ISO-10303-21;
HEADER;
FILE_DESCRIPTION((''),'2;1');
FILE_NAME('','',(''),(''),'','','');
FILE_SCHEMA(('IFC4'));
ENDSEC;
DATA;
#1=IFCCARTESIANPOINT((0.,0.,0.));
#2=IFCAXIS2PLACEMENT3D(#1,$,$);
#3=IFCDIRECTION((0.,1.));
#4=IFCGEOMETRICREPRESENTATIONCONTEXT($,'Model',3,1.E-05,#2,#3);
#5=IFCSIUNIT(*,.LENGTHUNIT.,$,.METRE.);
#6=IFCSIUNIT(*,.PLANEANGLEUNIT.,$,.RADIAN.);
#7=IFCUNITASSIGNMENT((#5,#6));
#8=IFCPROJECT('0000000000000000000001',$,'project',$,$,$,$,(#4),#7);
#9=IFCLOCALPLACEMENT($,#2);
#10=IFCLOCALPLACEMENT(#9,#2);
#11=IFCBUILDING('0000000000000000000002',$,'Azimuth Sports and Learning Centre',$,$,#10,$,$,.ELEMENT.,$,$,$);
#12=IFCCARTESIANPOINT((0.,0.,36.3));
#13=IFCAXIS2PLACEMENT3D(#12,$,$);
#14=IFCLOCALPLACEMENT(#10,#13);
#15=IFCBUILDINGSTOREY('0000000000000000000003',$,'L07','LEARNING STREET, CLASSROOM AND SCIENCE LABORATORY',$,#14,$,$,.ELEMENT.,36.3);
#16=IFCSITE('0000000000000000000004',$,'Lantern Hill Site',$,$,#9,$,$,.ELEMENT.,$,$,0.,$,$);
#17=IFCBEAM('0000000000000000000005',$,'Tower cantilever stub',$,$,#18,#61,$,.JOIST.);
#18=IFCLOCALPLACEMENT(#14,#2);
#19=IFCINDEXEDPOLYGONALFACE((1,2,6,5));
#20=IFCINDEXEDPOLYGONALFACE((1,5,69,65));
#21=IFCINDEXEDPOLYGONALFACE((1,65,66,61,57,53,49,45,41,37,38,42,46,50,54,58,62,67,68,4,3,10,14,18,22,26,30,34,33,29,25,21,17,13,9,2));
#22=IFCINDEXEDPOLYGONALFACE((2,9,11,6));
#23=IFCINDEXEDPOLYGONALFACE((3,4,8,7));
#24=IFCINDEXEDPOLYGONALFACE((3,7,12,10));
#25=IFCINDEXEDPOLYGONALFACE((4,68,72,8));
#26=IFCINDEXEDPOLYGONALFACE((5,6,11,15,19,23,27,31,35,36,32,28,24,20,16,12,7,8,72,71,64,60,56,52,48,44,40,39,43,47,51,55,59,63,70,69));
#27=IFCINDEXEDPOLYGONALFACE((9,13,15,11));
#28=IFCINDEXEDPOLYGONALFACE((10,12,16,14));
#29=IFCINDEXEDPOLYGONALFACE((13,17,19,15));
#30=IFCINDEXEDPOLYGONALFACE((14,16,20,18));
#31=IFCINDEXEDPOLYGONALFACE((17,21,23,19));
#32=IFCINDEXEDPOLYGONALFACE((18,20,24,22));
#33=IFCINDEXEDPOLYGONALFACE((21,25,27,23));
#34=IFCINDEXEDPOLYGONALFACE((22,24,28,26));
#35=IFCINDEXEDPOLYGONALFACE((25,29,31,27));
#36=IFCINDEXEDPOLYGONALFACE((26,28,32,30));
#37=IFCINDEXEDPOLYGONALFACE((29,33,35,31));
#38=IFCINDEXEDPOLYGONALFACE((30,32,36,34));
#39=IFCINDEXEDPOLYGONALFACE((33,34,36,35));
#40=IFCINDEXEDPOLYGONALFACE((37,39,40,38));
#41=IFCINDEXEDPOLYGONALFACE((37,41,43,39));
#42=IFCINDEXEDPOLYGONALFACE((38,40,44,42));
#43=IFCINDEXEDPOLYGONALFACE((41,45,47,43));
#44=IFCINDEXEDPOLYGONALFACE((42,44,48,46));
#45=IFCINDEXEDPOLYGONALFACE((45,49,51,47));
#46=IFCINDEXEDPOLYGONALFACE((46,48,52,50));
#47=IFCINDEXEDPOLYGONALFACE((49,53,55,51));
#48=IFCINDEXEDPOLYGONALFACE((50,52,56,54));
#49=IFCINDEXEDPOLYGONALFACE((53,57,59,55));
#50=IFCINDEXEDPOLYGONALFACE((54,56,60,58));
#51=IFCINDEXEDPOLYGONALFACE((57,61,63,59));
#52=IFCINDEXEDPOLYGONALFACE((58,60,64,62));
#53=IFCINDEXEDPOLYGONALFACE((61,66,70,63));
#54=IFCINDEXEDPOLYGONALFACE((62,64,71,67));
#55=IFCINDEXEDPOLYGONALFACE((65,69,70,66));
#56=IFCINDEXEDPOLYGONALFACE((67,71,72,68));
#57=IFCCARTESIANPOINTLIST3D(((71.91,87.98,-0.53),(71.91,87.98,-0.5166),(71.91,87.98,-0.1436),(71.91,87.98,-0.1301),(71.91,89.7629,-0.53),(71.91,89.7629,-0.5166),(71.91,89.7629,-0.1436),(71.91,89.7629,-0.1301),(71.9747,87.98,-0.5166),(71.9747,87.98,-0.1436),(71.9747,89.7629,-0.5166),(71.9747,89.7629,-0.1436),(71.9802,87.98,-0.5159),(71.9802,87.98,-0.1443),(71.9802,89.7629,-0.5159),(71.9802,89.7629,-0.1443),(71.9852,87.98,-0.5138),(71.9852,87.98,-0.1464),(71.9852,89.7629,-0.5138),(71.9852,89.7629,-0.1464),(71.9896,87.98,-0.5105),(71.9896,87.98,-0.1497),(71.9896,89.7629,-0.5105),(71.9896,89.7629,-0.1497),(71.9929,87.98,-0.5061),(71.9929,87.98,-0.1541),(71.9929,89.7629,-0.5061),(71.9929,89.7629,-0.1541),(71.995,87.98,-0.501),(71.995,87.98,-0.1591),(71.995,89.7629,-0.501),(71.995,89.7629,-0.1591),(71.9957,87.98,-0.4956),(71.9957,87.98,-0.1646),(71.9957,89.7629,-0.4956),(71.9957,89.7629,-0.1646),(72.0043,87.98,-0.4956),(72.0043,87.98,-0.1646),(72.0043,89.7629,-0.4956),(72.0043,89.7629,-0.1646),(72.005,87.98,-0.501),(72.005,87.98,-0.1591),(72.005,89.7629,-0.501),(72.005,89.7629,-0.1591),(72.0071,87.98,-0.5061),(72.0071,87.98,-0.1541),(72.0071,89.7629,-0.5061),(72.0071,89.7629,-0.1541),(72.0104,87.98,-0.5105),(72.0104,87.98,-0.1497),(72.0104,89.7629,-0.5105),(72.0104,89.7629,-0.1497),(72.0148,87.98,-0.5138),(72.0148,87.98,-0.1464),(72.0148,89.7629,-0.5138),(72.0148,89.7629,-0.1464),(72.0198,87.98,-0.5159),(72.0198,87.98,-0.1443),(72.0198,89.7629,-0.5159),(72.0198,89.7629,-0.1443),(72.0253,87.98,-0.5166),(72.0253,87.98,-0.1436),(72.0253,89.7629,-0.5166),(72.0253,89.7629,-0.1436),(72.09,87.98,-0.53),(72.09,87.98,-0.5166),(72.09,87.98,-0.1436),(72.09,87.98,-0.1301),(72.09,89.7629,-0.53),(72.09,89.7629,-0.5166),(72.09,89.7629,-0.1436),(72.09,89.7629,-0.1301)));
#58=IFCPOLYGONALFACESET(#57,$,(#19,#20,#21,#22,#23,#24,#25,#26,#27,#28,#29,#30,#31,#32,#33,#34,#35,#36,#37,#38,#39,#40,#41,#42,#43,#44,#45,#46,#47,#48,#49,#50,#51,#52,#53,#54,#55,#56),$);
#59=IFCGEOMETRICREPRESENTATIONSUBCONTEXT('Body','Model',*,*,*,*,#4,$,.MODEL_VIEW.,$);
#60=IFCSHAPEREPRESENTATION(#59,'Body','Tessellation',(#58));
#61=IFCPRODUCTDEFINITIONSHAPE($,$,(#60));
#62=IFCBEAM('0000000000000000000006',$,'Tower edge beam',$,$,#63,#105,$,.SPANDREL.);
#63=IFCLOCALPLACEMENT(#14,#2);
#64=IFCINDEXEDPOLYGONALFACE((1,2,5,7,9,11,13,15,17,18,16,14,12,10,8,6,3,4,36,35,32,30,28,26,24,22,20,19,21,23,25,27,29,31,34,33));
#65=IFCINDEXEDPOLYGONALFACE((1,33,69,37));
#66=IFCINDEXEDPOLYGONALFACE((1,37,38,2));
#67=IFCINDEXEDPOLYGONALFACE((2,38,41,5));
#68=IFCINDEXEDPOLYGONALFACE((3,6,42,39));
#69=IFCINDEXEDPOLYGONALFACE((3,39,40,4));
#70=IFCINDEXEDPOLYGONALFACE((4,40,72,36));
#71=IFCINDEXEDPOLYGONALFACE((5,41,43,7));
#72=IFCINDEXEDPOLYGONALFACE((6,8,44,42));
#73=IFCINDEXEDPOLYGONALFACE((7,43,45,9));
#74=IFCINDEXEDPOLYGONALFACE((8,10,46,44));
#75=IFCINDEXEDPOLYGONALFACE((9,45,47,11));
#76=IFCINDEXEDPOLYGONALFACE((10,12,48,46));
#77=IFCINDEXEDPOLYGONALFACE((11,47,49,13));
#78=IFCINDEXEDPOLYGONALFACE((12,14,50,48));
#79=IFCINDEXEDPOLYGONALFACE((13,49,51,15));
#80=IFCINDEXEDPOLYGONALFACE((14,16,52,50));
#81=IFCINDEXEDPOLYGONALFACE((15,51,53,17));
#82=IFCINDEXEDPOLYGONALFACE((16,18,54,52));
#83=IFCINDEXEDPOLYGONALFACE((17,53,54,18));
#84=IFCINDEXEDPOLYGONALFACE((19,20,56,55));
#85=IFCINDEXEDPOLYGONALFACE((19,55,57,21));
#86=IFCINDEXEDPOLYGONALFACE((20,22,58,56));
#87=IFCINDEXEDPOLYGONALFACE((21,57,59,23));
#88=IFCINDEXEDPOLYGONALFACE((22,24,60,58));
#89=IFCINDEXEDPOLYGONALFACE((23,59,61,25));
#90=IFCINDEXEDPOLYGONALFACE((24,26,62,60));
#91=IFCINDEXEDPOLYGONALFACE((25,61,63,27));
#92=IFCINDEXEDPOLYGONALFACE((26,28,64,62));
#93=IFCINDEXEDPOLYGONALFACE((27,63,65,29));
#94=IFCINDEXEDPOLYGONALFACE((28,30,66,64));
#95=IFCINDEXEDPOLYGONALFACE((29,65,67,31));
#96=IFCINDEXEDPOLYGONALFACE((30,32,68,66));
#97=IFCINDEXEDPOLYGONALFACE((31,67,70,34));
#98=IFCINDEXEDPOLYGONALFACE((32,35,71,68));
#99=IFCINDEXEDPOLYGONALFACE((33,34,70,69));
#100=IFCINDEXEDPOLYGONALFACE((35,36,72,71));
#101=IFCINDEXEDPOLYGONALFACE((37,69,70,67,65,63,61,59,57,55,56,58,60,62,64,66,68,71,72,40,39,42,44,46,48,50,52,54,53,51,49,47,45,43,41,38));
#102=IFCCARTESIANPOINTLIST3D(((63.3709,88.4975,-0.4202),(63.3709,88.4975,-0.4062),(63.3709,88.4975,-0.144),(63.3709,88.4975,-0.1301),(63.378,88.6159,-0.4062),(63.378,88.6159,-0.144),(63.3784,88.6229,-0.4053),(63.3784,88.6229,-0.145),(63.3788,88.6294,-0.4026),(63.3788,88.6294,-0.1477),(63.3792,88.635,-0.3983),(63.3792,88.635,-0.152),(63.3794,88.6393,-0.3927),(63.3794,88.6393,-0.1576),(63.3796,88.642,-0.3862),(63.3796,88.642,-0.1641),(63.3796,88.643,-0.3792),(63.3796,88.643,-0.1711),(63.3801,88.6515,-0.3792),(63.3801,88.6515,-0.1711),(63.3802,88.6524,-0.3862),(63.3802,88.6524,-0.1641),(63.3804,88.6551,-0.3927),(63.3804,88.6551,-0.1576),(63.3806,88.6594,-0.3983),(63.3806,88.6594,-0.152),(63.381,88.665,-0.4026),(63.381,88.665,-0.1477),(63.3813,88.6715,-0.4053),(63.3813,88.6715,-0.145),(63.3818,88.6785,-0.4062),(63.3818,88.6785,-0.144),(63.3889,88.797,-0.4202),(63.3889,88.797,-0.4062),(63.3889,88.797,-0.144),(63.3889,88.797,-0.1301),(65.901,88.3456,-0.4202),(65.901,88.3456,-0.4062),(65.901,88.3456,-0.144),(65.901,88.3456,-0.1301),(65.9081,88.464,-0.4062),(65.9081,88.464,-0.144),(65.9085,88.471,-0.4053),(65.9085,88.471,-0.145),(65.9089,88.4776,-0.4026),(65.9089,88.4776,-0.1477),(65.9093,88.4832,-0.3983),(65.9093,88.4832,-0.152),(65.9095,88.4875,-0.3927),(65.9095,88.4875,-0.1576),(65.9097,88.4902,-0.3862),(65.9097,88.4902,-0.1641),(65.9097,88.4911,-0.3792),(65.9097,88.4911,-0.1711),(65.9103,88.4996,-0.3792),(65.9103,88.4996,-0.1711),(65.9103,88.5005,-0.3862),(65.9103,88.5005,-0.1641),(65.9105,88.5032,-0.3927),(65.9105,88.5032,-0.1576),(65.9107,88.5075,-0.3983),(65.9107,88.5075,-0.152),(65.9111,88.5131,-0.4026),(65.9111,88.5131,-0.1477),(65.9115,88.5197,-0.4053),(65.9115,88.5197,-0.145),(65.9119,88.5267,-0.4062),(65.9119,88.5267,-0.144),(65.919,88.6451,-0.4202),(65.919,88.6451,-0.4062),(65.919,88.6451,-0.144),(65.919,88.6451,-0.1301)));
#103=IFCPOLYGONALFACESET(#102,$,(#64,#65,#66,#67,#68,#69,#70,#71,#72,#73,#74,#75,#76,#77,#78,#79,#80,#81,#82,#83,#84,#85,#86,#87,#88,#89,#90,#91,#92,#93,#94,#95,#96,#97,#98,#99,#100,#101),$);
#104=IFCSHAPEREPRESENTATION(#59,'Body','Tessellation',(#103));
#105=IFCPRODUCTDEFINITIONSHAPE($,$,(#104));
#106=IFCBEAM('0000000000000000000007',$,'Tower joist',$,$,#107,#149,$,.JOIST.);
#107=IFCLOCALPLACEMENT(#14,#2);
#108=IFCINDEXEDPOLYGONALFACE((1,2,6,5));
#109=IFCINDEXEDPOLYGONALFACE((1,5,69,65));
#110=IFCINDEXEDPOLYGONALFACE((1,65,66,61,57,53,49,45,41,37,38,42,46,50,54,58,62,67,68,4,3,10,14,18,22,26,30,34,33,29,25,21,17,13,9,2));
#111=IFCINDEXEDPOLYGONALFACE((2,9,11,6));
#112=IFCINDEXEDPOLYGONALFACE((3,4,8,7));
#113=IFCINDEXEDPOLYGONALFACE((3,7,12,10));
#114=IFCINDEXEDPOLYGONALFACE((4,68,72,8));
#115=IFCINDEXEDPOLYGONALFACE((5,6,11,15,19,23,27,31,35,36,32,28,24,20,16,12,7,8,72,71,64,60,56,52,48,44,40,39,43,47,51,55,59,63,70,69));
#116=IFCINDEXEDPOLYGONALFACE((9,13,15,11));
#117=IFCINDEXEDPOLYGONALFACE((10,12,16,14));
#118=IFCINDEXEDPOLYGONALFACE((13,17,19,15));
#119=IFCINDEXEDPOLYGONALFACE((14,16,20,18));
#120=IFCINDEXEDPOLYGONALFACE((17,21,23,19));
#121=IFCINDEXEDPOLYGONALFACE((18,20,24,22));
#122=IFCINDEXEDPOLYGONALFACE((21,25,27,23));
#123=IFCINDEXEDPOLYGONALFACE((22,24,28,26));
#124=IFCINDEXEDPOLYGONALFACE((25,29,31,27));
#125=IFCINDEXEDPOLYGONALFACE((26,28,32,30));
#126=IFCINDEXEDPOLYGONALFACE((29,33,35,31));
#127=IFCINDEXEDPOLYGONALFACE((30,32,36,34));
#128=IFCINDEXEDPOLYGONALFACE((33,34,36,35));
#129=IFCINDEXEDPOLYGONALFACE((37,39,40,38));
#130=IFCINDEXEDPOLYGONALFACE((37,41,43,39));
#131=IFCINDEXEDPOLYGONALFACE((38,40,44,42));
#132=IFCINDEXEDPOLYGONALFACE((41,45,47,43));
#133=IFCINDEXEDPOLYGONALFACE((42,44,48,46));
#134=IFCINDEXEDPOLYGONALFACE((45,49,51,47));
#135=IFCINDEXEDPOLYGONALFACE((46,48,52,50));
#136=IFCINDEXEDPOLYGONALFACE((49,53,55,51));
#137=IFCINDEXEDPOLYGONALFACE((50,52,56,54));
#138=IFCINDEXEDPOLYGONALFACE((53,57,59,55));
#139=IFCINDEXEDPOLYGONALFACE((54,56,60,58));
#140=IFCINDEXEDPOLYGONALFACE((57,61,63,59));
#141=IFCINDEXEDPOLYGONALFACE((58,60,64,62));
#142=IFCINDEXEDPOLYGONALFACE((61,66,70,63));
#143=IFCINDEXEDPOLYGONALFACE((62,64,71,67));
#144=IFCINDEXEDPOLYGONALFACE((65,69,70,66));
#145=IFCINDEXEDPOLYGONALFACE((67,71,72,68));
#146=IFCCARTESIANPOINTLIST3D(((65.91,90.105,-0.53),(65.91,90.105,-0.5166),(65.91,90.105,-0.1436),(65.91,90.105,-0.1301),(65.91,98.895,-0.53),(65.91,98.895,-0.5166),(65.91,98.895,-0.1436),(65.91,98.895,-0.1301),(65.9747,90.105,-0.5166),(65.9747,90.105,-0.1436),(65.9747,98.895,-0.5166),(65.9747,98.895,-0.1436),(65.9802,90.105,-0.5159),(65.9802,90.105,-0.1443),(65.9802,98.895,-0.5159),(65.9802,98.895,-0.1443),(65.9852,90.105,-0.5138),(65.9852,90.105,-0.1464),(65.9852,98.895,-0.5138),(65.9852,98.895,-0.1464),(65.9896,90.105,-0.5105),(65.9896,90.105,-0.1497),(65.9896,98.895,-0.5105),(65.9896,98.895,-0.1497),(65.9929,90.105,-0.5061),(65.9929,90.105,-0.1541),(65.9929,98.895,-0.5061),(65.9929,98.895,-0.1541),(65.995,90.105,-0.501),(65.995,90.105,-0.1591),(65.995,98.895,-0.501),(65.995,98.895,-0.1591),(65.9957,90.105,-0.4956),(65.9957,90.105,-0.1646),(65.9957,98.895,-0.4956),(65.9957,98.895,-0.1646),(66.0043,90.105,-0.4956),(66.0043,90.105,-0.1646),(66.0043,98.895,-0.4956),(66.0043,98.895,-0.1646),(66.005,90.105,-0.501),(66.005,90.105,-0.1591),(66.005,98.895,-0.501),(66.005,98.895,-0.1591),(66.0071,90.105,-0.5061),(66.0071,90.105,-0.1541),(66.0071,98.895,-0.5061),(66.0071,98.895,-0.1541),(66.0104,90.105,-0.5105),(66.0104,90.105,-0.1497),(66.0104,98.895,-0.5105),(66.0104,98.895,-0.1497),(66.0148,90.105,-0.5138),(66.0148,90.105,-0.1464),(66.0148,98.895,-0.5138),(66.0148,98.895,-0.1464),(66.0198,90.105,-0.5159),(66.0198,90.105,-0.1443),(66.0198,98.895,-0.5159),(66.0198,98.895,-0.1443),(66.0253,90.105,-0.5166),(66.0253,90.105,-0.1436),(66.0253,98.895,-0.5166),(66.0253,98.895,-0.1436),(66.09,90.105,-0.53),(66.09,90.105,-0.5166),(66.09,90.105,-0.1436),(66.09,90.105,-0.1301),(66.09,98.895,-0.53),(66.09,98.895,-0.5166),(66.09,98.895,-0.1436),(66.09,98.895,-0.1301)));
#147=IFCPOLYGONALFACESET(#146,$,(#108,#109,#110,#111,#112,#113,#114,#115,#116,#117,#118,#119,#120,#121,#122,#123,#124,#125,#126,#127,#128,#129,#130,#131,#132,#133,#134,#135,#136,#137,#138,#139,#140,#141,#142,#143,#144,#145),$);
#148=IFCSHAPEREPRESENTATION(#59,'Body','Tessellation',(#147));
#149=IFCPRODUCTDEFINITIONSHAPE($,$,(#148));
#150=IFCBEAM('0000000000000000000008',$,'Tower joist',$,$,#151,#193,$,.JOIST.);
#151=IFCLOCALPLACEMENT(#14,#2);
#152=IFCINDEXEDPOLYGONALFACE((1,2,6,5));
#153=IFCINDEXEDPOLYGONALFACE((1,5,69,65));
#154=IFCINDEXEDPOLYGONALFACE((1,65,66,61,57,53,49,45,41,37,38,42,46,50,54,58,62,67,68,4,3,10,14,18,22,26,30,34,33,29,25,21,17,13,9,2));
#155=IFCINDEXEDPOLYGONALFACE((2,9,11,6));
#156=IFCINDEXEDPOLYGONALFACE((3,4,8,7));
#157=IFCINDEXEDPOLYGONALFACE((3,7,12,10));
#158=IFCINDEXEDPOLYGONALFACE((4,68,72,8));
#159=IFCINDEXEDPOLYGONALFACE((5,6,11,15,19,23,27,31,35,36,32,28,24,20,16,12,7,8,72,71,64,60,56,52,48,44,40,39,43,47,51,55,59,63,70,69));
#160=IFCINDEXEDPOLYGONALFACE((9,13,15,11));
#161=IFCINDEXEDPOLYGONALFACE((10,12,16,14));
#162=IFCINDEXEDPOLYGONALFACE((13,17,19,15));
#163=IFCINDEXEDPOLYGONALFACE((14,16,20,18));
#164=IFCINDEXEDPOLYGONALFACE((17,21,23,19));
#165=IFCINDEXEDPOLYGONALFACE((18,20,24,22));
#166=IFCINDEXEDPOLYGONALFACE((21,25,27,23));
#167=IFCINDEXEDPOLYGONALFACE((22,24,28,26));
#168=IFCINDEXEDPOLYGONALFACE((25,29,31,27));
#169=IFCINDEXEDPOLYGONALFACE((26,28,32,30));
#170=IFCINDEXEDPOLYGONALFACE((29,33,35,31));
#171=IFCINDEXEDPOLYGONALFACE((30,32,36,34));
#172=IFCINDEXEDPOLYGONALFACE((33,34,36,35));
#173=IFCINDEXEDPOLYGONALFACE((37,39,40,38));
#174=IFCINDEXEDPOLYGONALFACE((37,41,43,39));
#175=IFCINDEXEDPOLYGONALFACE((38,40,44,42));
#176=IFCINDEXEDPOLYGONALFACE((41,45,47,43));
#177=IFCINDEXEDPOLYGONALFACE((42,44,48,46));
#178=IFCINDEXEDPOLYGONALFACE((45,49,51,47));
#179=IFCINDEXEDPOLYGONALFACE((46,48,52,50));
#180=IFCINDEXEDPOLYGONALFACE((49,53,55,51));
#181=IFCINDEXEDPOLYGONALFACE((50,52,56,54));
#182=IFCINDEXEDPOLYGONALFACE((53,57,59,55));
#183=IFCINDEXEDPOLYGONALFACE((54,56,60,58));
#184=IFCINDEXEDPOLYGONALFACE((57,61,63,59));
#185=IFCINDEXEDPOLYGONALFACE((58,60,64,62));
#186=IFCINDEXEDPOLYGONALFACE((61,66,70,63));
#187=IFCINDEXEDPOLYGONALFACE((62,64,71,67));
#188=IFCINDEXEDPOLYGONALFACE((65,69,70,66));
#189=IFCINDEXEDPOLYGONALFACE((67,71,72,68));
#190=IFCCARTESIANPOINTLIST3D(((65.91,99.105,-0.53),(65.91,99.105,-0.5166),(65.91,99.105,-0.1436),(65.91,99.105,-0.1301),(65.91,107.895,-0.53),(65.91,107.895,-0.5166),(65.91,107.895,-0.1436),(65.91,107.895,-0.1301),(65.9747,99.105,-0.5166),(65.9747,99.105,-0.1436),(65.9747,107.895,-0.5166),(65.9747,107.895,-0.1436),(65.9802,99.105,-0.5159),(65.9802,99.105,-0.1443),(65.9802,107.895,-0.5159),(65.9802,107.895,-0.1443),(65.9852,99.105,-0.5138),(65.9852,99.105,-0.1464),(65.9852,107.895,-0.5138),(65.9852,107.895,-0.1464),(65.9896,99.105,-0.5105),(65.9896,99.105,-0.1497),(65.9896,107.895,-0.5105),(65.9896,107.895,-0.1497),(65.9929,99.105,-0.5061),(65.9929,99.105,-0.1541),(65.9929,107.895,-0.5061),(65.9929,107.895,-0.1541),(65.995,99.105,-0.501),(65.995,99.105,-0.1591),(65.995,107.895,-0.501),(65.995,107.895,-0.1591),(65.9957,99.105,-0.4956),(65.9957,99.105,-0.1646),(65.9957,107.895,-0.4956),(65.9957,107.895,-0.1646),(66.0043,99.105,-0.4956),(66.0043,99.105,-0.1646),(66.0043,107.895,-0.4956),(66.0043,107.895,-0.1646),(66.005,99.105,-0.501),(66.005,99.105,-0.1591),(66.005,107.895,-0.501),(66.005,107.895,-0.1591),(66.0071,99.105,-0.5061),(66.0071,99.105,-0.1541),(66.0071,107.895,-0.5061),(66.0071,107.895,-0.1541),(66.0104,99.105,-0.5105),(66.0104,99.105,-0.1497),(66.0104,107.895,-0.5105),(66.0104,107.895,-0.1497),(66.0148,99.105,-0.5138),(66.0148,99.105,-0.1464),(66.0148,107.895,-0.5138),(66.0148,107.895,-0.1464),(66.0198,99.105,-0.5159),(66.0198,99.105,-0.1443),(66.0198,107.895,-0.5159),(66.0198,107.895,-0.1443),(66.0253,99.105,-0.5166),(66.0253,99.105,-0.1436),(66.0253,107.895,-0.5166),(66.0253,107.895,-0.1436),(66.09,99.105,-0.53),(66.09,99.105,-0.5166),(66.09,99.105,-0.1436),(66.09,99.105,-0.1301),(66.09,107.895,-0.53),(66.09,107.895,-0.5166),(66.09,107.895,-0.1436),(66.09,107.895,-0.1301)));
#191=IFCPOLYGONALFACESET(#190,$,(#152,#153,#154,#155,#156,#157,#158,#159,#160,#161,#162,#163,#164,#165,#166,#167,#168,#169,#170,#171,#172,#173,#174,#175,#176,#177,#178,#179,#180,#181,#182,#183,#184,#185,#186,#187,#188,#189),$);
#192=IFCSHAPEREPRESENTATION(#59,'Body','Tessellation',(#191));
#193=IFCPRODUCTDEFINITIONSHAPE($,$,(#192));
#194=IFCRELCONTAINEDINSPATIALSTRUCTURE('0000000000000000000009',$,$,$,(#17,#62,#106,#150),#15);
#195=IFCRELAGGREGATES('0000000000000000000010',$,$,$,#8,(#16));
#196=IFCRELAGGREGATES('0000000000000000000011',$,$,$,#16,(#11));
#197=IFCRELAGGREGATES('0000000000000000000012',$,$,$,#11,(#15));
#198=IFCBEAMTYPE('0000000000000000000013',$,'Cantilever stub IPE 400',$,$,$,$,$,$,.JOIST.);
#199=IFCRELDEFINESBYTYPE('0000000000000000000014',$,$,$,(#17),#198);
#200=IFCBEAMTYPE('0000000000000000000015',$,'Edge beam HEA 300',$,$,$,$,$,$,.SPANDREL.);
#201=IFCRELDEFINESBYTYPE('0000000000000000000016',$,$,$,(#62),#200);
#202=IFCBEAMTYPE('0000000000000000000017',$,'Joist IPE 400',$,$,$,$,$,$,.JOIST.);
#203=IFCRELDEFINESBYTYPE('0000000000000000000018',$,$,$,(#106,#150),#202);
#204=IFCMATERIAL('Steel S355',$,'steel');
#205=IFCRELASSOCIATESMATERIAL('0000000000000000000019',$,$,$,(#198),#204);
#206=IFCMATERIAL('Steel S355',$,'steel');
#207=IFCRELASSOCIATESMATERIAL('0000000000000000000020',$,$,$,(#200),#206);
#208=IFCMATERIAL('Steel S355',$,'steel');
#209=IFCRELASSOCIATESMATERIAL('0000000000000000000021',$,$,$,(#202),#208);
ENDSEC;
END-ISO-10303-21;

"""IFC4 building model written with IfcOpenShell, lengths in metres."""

from ifc_helpers import new_model, si_unit, direction, frame, origin, origin_2d, place, context, subcontext, project, spatial, i_section, extrude, material, material_profile, profile_set, type_object, element, save


model = new_model("IFC4")

# Units and contexts
model_context = context("Model", 3, precision=1e-05, world=origin(), true_north=direction((0.0, 1.0)))
body_context = subcontext(model_context, "Body", "Model", "MODEL_VIEW")
ifc_project = project(units=[si_unit("LENGTHUNIT", "METRE"), si_unit("PLANEANGLEUNIT", "RADIAN")], contexts=[model_context])

# Site, building, storey
site_placement = place(None, origin())
site = spatial("IfcSite", under=ifc_project, at=site_placement, Name="Lantern Hill Site", CompositionType="ELEMENT", RefElevation=0.0)
building_placement = place(site_placement, origin())
building = spatial("IfcBuilding", under=site, at=building_placement, Name="Azimuth Sports and Learning Centre", CompositionType="ELEMENT")
storey_placement = place(building_placement, frame((0.0, 0.0, 36.3)))
storey = spatial("IfcBuildingStorey", under=building, at=storey_placement, Name="L07", Description="LEARNING STREET, CLASSROOM AND SCIENCE LABORATORY", CompositionType="ELEMENT", Elevation=36.3)

# Beams
ifc_material_1 = material(Name="Steel S355", Category="steel")
ifc_material_profile_1 = material_profile(ifc_material_1, i_section(OverallWidth=0.1799, OverallDepth=0.3999, WebThickness=0.0085, FlangeThickness=0.0134, FilletRadius=0.021, at=origin_2d()), Name="IPE 400")
ifc_profile_set_1 = profile_set([ifc_material_profile_1], Name="Steel S355")
beam_type_1 = type_object("IfcBeamType", Name="Cantilever stub IPE 400", PredefinedType="JOIST", material=ifc_profile_set_1)
beam_1_placement = place(storey_placement, frame((72.0, 89.7629, -0.3301), z_axis=(0.0, -1.0, 0.0), x_axis=(1.0, 0.0, 0.0)))
element("IfcBeam", 1, at=beam_1_placement, inside=storey, type_object=beam_type_1, Name="Tower cantilever stub", PredefinedType="JOIST", context=body_context, shape_type="SweptSolid", body=[
    extrude(i_section(OverallWidth=0.1799, OverallDepth=0.3999, WebThickness=0.0085, FlangeThickness=0.0134, FilletRadius=0.021, at=origin_2d()), origin(), (0.0, 0.0, 1.0), 1.783),
])
ifc_material_2 = material(Name="Steel S355", Category="steel")
ifc_material_profile_2 = material_profile(ifc_material_2, i_section(OverallWidth=0.3, OverallDepth=0.29, WebThickness=0.0085, FlangeThickness=0.0139, FilletRadius=0.0271, at=origin_2d()), Name="HEA 300")
ifc_profile_set_2 = profile_set([ifc_material_profile_2], Name="Steel S355")
beam_type_2 = type_object("IfcBeamType", Name="Edge beam HEA 300", PredefinedType="SPANDREL", material=ifc_profile_set_2)
beam_2_placement = place(storey_placement, frame((63.3799, 88.6472, -0.2751), z_axis=(0.998204, -0.059913, 0.0), x_axis=(0.059913, 0.998204, 0.0)))
element("IfcBeam", 2, at=beam_2_placement, inside=storey, type_object=beam_type_2, Name="Tower edge beam", PredefinedType="SPANDREL", context=body_context, shape_type="SweptSolid", body=[
    extrude(i_section(OverallWidth=0.3, OverallDepth=0.29, WebThickness=0.0085, FlangeThickness=0.0139, FilletRadius=0.0271, at=origin_2d()), origin(), (0.0, 0.0, 1.0), 2.5347),
])
ifc_material_3 = material(Name="Steel S355", Category="steel")
ifc_material_profile_3 = material_profile(ifc_material_3, i_section(OverallWidth=0.1799, OverallDepth=0.3999, WebThickness=0.0085, FlangeThickness=0.0134, FilletRadius=0.021, at=origin_2d()), Name="IPE 400")
ifc_profile_set_3 = profile_set([ifc_material_profile_3], Name="Steel S355")
beam_type_3 = type_object("IfcBeamType", Name="Joist IPE 400", PredefinedType="JOIST", material=ifc_profile_set_3)
for number, where, z_axis, x_axis, name in (
    (3, (66.0, 90.105, -0.3301), (0.0, 1.0, 0.0), (-1.0, 0.0, 0.0), "Tower joist"),
    (4, (66.0, 99.105, -0.3301), (0.0, 1.0, 0.0), (-1.0, 0.0, 0.0), "Tower joist"),
):
    element("IfcBeam", number, at=place(storey_placement, frame(where, z_axis=z_axis, x_axis=x_axis)), inside=storey, type_object=beam_type_3, Name=name, PredefinedType="JOIST", context=body_context, shape_type="SweptSolid", body=[
        extrude(i_section(OverallWidth=0.1799, OverallDepth=0.3999, WebThickness=0.0085, FlangeThickness=0.0134, FilletRadius=0.021, at=origin_2d()), origin(), (0.0, 0.0, 1.0), 8.79),
    ])

save(model, "model.ifc")
